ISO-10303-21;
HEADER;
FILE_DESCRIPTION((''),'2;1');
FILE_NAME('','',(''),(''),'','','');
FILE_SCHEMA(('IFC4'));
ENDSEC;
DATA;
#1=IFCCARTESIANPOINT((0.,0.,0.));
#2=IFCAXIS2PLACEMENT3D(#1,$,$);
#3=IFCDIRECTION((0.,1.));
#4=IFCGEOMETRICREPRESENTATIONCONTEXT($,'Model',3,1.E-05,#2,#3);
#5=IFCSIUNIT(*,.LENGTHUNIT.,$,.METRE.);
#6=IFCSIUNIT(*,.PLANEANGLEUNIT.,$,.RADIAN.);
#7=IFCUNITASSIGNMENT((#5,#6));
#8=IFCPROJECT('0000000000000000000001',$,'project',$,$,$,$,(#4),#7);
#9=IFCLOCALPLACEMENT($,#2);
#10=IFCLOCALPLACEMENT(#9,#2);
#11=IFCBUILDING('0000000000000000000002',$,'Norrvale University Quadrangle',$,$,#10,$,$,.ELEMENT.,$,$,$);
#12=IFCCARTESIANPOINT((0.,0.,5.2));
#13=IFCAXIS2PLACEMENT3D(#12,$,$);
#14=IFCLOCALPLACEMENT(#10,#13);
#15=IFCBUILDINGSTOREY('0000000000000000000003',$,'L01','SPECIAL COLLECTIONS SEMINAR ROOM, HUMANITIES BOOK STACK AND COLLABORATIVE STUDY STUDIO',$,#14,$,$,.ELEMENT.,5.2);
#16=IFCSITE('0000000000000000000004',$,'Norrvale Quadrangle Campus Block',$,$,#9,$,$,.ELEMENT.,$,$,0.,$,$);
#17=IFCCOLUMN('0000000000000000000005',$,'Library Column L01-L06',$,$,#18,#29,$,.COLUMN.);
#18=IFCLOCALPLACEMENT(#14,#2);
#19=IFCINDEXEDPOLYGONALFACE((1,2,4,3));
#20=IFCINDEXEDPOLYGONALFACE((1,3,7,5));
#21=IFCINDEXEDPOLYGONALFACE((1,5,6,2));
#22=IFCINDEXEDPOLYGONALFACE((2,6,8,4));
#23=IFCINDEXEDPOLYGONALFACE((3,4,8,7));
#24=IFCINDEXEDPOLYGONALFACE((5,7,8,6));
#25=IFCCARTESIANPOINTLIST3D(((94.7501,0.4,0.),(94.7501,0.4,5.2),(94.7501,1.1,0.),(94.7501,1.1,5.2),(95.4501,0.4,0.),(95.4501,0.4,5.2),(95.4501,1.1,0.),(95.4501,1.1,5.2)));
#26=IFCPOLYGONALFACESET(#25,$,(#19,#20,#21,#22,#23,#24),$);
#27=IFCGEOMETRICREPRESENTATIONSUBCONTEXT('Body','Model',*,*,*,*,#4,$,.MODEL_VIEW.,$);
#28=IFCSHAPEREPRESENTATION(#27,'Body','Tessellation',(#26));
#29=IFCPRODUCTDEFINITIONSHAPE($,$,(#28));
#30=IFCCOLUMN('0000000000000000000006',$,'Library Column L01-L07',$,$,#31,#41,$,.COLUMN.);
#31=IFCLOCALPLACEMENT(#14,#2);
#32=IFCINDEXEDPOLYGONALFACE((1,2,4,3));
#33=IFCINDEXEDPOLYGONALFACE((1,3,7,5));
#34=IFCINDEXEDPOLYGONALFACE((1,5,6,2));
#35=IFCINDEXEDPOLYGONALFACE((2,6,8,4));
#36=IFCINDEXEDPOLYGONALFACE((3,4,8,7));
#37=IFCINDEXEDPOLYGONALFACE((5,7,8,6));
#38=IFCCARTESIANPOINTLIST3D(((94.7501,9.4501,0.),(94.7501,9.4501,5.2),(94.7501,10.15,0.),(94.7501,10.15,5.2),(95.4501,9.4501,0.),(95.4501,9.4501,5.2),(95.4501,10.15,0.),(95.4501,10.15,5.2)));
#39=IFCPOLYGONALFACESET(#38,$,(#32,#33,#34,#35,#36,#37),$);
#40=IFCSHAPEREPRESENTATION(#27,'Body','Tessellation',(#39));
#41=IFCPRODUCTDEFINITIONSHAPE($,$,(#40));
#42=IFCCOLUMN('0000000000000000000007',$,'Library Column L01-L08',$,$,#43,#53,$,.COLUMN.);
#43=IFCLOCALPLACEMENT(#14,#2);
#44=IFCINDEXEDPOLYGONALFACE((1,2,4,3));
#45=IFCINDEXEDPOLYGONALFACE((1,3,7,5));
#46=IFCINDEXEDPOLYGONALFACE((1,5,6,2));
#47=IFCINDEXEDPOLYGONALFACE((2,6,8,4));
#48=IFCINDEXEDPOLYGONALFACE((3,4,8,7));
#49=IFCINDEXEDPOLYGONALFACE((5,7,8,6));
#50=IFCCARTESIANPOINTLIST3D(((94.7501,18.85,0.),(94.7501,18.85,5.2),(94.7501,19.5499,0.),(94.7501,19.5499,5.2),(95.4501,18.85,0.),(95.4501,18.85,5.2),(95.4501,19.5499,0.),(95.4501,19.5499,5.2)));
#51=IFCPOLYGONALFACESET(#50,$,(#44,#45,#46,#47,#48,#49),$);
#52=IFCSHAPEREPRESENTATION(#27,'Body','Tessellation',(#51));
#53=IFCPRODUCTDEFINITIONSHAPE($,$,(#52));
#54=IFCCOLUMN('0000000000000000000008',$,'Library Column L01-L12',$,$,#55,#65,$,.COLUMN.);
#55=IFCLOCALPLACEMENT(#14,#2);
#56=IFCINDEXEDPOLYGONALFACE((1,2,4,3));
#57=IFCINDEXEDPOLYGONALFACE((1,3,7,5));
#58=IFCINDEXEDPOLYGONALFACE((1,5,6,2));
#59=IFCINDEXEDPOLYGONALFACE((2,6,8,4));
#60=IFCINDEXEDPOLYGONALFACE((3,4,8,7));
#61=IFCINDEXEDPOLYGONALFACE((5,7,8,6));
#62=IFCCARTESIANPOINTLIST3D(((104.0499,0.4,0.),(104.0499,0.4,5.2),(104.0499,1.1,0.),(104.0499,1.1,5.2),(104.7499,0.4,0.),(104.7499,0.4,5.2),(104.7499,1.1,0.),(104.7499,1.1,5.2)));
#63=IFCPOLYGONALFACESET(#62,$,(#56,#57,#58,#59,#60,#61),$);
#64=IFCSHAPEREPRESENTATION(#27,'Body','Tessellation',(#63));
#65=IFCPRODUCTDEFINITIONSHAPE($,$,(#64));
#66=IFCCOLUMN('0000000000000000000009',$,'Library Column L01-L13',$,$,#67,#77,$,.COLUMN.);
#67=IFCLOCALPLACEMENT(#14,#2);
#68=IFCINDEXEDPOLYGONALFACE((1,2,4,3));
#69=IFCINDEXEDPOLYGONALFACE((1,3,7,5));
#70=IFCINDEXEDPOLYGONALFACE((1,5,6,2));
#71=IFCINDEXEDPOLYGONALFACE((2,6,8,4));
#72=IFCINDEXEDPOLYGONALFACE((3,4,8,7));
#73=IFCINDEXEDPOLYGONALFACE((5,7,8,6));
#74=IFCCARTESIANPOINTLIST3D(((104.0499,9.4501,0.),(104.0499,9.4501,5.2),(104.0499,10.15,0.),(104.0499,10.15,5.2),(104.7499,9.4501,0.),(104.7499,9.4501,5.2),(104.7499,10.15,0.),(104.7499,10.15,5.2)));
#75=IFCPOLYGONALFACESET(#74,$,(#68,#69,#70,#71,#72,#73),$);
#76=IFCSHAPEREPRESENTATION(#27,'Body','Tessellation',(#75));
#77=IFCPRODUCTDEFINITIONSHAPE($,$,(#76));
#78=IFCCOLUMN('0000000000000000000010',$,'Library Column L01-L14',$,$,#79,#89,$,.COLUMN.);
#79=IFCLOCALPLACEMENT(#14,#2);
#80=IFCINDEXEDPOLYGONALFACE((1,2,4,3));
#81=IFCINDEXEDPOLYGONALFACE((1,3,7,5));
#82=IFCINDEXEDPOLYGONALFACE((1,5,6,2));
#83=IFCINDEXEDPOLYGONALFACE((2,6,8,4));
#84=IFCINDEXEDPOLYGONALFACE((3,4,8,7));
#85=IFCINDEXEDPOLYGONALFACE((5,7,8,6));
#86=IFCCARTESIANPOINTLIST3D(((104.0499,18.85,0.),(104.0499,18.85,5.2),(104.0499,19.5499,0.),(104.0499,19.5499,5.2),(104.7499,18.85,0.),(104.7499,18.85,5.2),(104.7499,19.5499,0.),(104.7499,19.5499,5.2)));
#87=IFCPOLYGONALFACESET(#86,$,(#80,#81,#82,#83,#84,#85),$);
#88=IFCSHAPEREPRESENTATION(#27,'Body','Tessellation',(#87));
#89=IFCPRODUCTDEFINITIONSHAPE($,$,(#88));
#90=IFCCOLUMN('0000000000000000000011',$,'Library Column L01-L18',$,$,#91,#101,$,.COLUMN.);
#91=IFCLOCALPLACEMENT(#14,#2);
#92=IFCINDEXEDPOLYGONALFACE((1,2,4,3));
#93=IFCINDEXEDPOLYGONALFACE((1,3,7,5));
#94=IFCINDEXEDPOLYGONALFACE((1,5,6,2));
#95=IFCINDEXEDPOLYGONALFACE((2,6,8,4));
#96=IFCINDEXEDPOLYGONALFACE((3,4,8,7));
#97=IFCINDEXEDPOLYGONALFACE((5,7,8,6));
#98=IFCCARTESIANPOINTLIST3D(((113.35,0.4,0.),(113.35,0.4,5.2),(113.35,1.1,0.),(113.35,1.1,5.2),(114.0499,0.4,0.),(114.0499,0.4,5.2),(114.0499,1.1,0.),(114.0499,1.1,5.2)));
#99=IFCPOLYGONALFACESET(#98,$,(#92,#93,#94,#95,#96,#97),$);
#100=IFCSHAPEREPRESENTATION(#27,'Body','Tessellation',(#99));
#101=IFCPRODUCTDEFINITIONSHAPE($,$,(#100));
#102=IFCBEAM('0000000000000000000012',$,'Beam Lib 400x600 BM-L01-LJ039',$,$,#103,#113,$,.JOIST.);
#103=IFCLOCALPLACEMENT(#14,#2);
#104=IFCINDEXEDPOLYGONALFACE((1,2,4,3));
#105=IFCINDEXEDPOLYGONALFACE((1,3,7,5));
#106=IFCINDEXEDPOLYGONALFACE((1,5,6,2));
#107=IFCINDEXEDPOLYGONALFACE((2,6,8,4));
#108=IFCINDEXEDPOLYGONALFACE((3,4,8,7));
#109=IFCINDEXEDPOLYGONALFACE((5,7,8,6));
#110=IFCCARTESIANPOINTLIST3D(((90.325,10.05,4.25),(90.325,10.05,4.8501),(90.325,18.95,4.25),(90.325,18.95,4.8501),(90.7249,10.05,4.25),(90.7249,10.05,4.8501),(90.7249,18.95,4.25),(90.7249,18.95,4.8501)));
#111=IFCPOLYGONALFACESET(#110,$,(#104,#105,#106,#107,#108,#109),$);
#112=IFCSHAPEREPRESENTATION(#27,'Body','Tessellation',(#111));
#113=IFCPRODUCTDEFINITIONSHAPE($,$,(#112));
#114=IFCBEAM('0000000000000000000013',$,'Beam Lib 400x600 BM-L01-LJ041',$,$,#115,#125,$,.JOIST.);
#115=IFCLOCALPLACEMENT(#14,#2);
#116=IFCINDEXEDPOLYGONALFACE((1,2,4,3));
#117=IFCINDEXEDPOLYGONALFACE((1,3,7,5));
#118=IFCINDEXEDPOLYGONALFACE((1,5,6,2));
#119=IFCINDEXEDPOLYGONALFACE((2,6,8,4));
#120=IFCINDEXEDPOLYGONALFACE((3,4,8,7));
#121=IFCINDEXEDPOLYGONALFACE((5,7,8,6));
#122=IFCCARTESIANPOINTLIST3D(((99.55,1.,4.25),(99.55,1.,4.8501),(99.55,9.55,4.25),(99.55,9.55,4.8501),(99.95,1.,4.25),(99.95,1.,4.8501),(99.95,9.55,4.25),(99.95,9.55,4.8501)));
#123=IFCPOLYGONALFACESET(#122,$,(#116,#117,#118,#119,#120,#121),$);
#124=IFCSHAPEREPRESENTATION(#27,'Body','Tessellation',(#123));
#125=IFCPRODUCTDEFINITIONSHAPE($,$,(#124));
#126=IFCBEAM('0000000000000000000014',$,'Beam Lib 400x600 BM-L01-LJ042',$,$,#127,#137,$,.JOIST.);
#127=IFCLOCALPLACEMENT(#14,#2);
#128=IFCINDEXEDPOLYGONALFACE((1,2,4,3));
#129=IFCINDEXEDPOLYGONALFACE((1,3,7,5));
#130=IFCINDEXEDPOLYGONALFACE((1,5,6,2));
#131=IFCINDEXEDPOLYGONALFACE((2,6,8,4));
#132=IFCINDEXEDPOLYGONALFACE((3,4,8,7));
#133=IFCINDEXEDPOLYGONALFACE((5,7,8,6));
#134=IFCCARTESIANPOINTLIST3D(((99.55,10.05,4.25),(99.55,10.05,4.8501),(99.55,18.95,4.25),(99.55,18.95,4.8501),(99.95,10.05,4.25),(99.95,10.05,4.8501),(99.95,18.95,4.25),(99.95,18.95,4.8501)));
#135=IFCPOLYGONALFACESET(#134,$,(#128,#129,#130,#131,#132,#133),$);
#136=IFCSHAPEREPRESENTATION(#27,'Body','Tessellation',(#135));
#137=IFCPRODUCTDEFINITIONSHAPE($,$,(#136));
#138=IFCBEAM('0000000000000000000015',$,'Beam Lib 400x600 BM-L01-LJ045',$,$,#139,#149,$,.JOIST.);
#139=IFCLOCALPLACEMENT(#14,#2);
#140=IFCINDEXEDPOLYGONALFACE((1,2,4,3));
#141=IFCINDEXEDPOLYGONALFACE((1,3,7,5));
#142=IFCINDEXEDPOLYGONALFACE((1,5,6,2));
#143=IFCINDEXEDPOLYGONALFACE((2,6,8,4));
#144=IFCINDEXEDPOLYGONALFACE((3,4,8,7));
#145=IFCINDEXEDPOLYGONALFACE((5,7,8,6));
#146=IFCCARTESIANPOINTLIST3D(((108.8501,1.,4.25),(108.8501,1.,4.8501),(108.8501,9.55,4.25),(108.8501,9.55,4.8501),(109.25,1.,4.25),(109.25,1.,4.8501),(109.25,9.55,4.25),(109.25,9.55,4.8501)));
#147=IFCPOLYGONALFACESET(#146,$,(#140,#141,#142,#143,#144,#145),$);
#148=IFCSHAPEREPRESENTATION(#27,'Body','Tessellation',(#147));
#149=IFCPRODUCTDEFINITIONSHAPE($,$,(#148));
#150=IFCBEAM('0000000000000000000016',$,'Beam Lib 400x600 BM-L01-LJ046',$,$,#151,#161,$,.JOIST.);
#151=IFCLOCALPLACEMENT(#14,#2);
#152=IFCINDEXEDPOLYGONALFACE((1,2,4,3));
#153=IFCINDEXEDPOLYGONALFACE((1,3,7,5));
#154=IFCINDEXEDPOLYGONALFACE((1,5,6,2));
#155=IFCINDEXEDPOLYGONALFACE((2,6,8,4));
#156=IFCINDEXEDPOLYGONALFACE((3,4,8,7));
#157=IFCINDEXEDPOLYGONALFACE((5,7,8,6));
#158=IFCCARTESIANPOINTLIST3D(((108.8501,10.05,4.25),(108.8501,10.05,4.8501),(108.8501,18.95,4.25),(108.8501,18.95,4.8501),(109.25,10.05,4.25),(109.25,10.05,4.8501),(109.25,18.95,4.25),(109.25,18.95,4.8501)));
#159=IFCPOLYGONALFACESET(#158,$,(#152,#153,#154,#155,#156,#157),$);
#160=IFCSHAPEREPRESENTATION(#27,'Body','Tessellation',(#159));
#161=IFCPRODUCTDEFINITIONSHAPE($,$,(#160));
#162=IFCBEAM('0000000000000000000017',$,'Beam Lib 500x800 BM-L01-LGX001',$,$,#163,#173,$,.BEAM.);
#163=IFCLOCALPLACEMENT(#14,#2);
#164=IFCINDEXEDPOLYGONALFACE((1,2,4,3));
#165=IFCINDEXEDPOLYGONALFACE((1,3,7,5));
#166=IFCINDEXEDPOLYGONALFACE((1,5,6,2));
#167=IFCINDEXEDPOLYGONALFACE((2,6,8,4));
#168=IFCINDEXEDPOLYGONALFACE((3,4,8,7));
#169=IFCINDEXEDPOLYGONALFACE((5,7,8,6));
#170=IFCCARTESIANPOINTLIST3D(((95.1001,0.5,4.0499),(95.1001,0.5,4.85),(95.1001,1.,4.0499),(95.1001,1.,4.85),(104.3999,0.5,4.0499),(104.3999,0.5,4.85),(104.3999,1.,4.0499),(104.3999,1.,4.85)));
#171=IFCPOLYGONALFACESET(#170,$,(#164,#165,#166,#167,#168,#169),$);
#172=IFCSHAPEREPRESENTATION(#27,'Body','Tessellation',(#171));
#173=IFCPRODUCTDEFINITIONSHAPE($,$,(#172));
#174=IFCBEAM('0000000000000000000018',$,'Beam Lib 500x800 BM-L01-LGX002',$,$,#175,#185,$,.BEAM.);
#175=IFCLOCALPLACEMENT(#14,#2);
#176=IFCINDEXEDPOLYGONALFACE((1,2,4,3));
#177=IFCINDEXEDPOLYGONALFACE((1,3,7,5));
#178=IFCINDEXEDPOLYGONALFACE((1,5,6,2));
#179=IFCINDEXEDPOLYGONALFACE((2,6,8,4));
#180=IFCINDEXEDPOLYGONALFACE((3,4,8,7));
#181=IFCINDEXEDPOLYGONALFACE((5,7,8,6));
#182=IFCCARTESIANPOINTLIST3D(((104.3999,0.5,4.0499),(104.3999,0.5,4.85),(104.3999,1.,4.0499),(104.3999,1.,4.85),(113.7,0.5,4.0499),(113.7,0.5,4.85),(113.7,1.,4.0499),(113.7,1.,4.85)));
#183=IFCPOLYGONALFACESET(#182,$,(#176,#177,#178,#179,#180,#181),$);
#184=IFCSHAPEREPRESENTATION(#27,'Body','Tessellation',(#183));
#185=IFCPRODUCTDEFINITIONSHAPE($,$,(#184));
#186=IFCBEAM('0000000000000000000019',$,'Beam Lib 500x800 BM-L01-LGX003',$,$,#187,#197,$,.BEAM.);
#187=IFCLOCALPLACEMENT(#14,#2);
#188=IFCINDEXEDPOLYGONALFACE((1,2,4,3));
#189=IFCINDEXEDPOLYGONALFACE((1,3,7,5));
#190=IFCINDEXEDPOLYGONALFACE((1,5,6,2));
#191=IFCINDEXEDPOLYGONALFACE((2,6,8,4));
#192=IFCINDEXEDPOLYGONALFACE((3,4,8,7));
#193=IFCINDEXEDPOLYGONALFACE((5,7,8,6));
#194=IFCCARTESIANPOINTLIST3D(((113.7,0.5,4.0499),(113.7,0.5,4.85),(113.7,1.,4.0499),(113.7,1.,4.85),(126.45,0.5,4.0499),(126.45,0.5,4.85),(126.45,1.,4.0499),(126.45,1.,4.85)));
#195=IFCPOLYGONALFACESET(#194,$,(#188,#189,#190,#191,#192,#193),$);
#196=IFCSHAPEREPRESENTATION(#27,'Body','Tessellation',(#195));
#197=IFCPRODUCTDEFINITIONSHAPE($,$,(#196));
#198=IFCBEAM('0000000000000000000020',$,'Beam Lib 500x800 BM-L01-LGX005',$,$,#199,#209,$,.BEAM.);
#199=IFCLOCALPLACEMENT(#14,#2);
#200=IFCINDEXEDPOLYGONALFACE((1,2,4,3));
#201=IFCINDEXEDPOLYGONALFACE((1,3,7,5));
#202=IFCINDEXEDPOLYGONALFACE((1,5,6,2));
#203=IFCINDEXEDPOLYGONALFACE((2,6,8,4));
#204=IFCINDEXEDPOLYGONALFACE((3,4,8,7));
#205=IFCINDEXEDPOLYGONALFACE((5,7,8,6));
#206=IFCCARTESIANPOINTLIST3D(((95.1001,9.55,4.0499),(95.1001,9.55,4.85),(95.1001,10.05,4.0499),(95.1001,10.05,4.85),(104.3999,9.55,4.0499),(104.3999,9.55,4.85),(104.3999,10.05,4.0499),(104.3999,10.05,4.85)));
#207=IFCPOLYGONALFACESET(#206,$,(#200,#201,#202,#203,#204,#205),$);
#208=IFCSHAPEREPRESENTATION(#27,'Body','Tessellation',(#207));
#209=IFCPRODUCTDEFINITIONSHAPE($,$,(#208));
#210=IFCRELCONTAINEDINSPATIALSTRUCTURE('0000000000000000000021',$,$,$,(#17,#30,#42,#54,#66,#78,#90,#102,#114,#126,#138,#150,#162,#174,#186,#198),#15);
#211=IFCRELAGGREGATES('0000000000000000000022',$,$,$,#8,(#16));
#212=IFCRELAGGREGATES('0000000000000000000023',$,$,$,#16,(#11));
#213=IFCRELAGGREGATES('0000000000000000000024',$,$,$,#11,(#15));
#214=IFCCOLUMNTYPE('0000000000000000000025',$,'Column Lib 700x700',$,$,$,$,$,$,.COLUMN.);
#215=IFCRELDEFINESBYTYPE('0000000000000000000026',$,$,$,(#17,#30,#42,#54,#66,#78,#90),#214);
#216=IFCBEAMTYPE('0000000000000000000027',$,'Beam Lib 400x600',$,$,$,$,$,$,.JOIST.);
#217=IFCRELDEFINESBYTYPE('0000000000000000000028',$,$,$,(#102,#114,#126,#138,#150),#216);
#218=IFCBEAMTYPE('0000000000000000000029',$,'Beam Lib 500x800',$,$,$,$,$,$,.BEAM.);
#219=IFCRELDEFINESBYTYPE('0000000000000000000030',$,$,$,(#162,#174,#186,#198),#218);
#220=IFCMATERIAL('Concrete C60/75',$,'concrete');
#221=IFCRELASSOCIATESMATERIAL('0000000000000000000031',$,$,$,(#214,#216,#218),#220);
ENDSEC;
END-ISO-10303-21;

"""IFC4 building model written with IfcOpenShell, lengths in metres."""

from ifc_helpers import new_model, si_unit, direction, frame, origin, origin_2d, place, context, subcontext, project, spatial, rectangle, extrude, material, material_profile, profile_set, type_object, element, save


model = new_model("IFC4")

# Units and contexts
model_context = context("Model", 3, precision=1e-05, world=origin(), true_north=direction((0.0, 1.0)))
body_context = subcontext(model_context, "Body", "Model", "MODEL_VIEW")
ifc_project = project(units=[si_unit("LENGTHUNIT", "METRE"), si_unit("PLANEANGLEUNIT", "RADIAN")], contexts=[model_context])

# Site, building, storey
site_placement = place(None, origin())
site = spatial("IfcSite", under=ifc_project, at=site_placement, Name="Norrvale Quadrangle Campus Block", CompositionType="ELEMENT", RefElevation=0.0)
building_placement = place(site_placement, origin())
building = spatial("IfcBuilding", under=site, at=building_placement, Name="Norrvale University Quadrangle", CompositionType="ELEMENT")
storey_placement = place(building_placement, frame((0.0, 0.0, 5.2)))
storey = spatial("IfcBuildingStorey", under=building, at=storey_placement, Name="L01", Description="SPECIAL COLLECTIONS SEMINAR ROOM, HUMANITIES BOOK STACK AND COLLABORATIVE STUDY STUDIO", CompositionType="ELEMENT", Elevation=5.2)

# Columns
ifc_material_1 = material(Name="Concrete C60/75", Category="concrete")
ifc_material_profile_1 = material_profile(ifc_material_1, rectangle(XDim=0.7, YDim=0.7, at=origin_2d()), Name="Concrete C60/75")
ifc_profile_set_1 = profile_set([ifc_material_profile_1], Name="Concrete C60/75")
column_type = type_object("IfcColumnType", Name="Column Lib 700x700", PredefinedType="COLUMN", material=ifc_profile_set_1)
for number, where, z_axis, x_axis, name in (
    (1, (95.1001, 0.75, 0.0), (0.0, 0.0, 1.0), (1.0, 0.0, 0.0), "Library Column L01-L06"),
    (2, (95.1001, 9.8, 0.0), (0.0, 0.0, 1.0), (1.0, 0.0, 0.0), "Library Column L01-L07"),
    (3, (95.1001, 19.2, 0.0), (0.0, 0.0, 1.0), (1.0, 0.0, 0.0), "Library Column L01-L08"),
    (4, (104.3999, 0.75, 0.0), (0.0, 0.0, 1.0), (1.0, 0.0, 0.0), "Library Column L01-L12"),
    (5, (104.3999, 9.8, 0.0), (0.0, 0.0, 1.0), (1.0, 0.0, 0.0), "Library Column L01-L13"),
    (6, (104.3999, 19.2, 0.0), (0.0, 0.0, 1.0), (1.0, 0.0, 0.0), "Library Column L01-L14"),
    (7, (113.7, 0.75, 0.0), (0.0, 0.0, 1.0), (1.0, 0.0, 0.0), "Library Column L01-L18"),
):
    element("IfcColumn", number, at=place(storey_placement, frame(where, z_axis=z_axis, x_axis=x_axis)), inside=storey, type_object=column_type, Name=name, PredefinedType="COLUMN", context=body_context, shape_type="SweptSolid", body=[
        extrude(rectangle(XDim=0.7, YDim=0.7, at=origin_2d()), origin(), (0.0, 0.0, 1.0), 5.2),
    ])

# Beams
ifc_material_profile_2 = material_profile(ifc_material_1, rectangle(XDim=0.3999, YDim=0.6001, at=origin_2d()), Name="Concrete C60/75")
ifc_profile_set_2 = profile_set([ifc_material_profile_2], Name="Concrete C60/75")
beam_type_1 = type_object("IfcBeamType", Name="Beam Lib 400x600", PredefinedType="JOIST", material=ifc_profile_set_2)
beam_1_placement = place(storey_placement, frame((90.5249, 10.05, 4.55), z_axis=(0.0, 1.0, 0.0), x_axis=(-1.0, 0.0, 0.0)))
element("IfcBeam", 8, at=beam_1_placement, inside=storey, type_object=beam_type_1, Name="Beam Lib 400x600 BM-L01-LJ039", PredefinedType="JOIST", context=body_context, shape_type="SweptSolid", body=[
    extrude(rectangle(XDim=0.3999, YDim=0.6001, at=origin_2d()), origin(), (0.0, 0.0, 1.0), 8.8999),
])
beam_2_placement = place(storey_placement, frame((99.75, 1.0, 4.55), z_axis=(0.0, 1.0, 0.0), x_axis=(-1.0, 0.0, 0.0)))
element("IfcBeam", 9, at=beam_2_placement, inside=storey, type_object=beam_type_1, Name="Beam Lib 400x600 BM-L01-LJ041", PredefinedType="JOIST", context=body_context, shape_type="SweptSolid", body=[
    extrude(rectangle(XDim=0.3999, YDim=0.6001, at=origin_2d()), origin(), (0.0, 0.0, 1.0), 8.55),
])
beam_3_placement = place(storey_placement, frame((99.75, 10.05, 4.55), z_axis=(0.0, 1.0, 0.0), x_axis=(-1.0, 0.0, 0.0)))
element("IfcBeam", 10, at=beam_3_placement, inside=storey, type_object=beam_type_1, Name="Beam Lib 400x600 BM-L01-LJ042", PredefinedType="JOIST", context=body_context, shape_type="SweptSolid", body=[
    extrude(rectangle(XDim=0.3999, YDim=0.6001, at=origin_2d()), origin(), (0.0, 0.0, 1.0), 8.8999),
])
beam_4_placement = place(storey_placement, frame((109.05, 1.0, 4.55), z_axis=(0.0, 1.0, 0.0), x_axis=(-1.0, 0.0, 0.0)))
element("IfcBeam", 11, at=beam_4_placement, inside=storey, type_object=beam_type_1, Name="Beam Lib 400x600 BM-L01-LJ045", PredefinedType="JOIST", context=body_context, shape_type="SweptSolid", body=[
    extrude(rectangle(XDim=0.3999, YDim=0.6001, at=origin_2d()), origin(), (0.0, 0.0, 1.0), 8.55),
])
beam_5_placement = place(storey_placement, frame((109.05, 10.05, 4.55), z_axis=(0.0, 1.0, 0.0), x_axis=(-1.0, 0.0, 0.0)))
element("IfcBeam", 12, at=beam_5_placement, inside=storey, type_object=beam_type_1, Name="Beam Lib 400x600 BM-L01-LJ046", PredefinedType="JOIST", context=body_context, shape_type="SweptSolid", body=[
    extrude(rectangle(XDim=0.3999, YDim=0.6001, at=origin_2d()), origin(), (0.0, 0.0, 1.0), 8.8999),
])
ifc_material_profile_3 = material_profile(ifc_material_1, rectangle(XDim=0.5, YDim=0.8, at=origin_2d()), Name="Concrete C60/75")
ifc_profile_set_3 = profile_set([ifc_material_profile_3], Name="Concrete C60/75")
beam_type_2 = type_object("IfcBeamType", Name="Beam Lib 500x800", PredefinedType="BEAM", material=ifc_profile_set_3)
beam_6_placement = place(storey_placement, frame((95.1001, 0.75, 4.45), z_axis=(1.0, 0.0, 0.0), x_axis=(0.0, 1.0, 0.0)))
element("IfcBeam", 13, at=beam_6_placement, inside=storey, type_object=beam_type_2, Name="Beam Lib 500x800 BM-L01-LGX001", PredefinedType="BEAM", context=body_context, shape_type="SweptSolid", body=[
    extrude(rectangle(XDim=0.5, YDim=0.8, at=origin_2d()), origin(), (0.0, 0.0, 1.0), 9.2998),
])
beam_7_placement = place(storey_placement, frame((104.3999, 0.75, 4.45), z_axis=(1.0, 0.0, 0.0), x_axis=(0.0, 1.0, 0.0)))
element("IfcBeam", 14, at=beam_7_placement, inside=storey, type_object=beam_type_2, Name="Beam Lib 500x800 BM-L01-LGX002", PredefinedType="BEAM", context=body_context, shape_type="SweptSolid", body=[
    extrude(rectangle(XDim=0.5, YDim=0.8, at=origin_2d()), origin(), (0.0, 0.0, 1.0), 9.3),
])
beam_8_placement = place(storey_placement, frame((113.7, 0.75, 4.45), z_axis=(1.0, 0.0, 0.0), x_axis=(0.0, 1.0, 0.0)))
element("IfcBeam", 15, at=beam_8_placement, inside=storey, type_object=beam_type_2, Name="Beam Lib 500x800 BM-L01-LGX003", PredefinedType="BEAM", context=body_context, shape_type="SweptSolid", body=[
    extrude(rectangle(XDim=0.5, YDim=0.8, at=origin_2d()), origin(), (0.0, 0.0, 1.0), 12.75),
])
beam_9_placement = place(storey_placement, frame((95.1001, 9.8, 4.45), z_axis=(1.0, 0.0, 0.0), x_axis=(0.0, 1.0, 0.0)))
element("IfcBeam", 16, at=beam_9_placement, inside=storey, type_object=beam_type_2, Name="Beam Lib 500x800 BM-L01-LGX005", PredefinedType="BEAM", context=body_context, shape_type="SweptSolid", body=[
    extrude(rectangle(XDim=0.5, YDim=0.8, at=origin_2d()), origin(), (0.0, 0.0, 1.0), 9.2998),
])

save(model, "model.ifc")
